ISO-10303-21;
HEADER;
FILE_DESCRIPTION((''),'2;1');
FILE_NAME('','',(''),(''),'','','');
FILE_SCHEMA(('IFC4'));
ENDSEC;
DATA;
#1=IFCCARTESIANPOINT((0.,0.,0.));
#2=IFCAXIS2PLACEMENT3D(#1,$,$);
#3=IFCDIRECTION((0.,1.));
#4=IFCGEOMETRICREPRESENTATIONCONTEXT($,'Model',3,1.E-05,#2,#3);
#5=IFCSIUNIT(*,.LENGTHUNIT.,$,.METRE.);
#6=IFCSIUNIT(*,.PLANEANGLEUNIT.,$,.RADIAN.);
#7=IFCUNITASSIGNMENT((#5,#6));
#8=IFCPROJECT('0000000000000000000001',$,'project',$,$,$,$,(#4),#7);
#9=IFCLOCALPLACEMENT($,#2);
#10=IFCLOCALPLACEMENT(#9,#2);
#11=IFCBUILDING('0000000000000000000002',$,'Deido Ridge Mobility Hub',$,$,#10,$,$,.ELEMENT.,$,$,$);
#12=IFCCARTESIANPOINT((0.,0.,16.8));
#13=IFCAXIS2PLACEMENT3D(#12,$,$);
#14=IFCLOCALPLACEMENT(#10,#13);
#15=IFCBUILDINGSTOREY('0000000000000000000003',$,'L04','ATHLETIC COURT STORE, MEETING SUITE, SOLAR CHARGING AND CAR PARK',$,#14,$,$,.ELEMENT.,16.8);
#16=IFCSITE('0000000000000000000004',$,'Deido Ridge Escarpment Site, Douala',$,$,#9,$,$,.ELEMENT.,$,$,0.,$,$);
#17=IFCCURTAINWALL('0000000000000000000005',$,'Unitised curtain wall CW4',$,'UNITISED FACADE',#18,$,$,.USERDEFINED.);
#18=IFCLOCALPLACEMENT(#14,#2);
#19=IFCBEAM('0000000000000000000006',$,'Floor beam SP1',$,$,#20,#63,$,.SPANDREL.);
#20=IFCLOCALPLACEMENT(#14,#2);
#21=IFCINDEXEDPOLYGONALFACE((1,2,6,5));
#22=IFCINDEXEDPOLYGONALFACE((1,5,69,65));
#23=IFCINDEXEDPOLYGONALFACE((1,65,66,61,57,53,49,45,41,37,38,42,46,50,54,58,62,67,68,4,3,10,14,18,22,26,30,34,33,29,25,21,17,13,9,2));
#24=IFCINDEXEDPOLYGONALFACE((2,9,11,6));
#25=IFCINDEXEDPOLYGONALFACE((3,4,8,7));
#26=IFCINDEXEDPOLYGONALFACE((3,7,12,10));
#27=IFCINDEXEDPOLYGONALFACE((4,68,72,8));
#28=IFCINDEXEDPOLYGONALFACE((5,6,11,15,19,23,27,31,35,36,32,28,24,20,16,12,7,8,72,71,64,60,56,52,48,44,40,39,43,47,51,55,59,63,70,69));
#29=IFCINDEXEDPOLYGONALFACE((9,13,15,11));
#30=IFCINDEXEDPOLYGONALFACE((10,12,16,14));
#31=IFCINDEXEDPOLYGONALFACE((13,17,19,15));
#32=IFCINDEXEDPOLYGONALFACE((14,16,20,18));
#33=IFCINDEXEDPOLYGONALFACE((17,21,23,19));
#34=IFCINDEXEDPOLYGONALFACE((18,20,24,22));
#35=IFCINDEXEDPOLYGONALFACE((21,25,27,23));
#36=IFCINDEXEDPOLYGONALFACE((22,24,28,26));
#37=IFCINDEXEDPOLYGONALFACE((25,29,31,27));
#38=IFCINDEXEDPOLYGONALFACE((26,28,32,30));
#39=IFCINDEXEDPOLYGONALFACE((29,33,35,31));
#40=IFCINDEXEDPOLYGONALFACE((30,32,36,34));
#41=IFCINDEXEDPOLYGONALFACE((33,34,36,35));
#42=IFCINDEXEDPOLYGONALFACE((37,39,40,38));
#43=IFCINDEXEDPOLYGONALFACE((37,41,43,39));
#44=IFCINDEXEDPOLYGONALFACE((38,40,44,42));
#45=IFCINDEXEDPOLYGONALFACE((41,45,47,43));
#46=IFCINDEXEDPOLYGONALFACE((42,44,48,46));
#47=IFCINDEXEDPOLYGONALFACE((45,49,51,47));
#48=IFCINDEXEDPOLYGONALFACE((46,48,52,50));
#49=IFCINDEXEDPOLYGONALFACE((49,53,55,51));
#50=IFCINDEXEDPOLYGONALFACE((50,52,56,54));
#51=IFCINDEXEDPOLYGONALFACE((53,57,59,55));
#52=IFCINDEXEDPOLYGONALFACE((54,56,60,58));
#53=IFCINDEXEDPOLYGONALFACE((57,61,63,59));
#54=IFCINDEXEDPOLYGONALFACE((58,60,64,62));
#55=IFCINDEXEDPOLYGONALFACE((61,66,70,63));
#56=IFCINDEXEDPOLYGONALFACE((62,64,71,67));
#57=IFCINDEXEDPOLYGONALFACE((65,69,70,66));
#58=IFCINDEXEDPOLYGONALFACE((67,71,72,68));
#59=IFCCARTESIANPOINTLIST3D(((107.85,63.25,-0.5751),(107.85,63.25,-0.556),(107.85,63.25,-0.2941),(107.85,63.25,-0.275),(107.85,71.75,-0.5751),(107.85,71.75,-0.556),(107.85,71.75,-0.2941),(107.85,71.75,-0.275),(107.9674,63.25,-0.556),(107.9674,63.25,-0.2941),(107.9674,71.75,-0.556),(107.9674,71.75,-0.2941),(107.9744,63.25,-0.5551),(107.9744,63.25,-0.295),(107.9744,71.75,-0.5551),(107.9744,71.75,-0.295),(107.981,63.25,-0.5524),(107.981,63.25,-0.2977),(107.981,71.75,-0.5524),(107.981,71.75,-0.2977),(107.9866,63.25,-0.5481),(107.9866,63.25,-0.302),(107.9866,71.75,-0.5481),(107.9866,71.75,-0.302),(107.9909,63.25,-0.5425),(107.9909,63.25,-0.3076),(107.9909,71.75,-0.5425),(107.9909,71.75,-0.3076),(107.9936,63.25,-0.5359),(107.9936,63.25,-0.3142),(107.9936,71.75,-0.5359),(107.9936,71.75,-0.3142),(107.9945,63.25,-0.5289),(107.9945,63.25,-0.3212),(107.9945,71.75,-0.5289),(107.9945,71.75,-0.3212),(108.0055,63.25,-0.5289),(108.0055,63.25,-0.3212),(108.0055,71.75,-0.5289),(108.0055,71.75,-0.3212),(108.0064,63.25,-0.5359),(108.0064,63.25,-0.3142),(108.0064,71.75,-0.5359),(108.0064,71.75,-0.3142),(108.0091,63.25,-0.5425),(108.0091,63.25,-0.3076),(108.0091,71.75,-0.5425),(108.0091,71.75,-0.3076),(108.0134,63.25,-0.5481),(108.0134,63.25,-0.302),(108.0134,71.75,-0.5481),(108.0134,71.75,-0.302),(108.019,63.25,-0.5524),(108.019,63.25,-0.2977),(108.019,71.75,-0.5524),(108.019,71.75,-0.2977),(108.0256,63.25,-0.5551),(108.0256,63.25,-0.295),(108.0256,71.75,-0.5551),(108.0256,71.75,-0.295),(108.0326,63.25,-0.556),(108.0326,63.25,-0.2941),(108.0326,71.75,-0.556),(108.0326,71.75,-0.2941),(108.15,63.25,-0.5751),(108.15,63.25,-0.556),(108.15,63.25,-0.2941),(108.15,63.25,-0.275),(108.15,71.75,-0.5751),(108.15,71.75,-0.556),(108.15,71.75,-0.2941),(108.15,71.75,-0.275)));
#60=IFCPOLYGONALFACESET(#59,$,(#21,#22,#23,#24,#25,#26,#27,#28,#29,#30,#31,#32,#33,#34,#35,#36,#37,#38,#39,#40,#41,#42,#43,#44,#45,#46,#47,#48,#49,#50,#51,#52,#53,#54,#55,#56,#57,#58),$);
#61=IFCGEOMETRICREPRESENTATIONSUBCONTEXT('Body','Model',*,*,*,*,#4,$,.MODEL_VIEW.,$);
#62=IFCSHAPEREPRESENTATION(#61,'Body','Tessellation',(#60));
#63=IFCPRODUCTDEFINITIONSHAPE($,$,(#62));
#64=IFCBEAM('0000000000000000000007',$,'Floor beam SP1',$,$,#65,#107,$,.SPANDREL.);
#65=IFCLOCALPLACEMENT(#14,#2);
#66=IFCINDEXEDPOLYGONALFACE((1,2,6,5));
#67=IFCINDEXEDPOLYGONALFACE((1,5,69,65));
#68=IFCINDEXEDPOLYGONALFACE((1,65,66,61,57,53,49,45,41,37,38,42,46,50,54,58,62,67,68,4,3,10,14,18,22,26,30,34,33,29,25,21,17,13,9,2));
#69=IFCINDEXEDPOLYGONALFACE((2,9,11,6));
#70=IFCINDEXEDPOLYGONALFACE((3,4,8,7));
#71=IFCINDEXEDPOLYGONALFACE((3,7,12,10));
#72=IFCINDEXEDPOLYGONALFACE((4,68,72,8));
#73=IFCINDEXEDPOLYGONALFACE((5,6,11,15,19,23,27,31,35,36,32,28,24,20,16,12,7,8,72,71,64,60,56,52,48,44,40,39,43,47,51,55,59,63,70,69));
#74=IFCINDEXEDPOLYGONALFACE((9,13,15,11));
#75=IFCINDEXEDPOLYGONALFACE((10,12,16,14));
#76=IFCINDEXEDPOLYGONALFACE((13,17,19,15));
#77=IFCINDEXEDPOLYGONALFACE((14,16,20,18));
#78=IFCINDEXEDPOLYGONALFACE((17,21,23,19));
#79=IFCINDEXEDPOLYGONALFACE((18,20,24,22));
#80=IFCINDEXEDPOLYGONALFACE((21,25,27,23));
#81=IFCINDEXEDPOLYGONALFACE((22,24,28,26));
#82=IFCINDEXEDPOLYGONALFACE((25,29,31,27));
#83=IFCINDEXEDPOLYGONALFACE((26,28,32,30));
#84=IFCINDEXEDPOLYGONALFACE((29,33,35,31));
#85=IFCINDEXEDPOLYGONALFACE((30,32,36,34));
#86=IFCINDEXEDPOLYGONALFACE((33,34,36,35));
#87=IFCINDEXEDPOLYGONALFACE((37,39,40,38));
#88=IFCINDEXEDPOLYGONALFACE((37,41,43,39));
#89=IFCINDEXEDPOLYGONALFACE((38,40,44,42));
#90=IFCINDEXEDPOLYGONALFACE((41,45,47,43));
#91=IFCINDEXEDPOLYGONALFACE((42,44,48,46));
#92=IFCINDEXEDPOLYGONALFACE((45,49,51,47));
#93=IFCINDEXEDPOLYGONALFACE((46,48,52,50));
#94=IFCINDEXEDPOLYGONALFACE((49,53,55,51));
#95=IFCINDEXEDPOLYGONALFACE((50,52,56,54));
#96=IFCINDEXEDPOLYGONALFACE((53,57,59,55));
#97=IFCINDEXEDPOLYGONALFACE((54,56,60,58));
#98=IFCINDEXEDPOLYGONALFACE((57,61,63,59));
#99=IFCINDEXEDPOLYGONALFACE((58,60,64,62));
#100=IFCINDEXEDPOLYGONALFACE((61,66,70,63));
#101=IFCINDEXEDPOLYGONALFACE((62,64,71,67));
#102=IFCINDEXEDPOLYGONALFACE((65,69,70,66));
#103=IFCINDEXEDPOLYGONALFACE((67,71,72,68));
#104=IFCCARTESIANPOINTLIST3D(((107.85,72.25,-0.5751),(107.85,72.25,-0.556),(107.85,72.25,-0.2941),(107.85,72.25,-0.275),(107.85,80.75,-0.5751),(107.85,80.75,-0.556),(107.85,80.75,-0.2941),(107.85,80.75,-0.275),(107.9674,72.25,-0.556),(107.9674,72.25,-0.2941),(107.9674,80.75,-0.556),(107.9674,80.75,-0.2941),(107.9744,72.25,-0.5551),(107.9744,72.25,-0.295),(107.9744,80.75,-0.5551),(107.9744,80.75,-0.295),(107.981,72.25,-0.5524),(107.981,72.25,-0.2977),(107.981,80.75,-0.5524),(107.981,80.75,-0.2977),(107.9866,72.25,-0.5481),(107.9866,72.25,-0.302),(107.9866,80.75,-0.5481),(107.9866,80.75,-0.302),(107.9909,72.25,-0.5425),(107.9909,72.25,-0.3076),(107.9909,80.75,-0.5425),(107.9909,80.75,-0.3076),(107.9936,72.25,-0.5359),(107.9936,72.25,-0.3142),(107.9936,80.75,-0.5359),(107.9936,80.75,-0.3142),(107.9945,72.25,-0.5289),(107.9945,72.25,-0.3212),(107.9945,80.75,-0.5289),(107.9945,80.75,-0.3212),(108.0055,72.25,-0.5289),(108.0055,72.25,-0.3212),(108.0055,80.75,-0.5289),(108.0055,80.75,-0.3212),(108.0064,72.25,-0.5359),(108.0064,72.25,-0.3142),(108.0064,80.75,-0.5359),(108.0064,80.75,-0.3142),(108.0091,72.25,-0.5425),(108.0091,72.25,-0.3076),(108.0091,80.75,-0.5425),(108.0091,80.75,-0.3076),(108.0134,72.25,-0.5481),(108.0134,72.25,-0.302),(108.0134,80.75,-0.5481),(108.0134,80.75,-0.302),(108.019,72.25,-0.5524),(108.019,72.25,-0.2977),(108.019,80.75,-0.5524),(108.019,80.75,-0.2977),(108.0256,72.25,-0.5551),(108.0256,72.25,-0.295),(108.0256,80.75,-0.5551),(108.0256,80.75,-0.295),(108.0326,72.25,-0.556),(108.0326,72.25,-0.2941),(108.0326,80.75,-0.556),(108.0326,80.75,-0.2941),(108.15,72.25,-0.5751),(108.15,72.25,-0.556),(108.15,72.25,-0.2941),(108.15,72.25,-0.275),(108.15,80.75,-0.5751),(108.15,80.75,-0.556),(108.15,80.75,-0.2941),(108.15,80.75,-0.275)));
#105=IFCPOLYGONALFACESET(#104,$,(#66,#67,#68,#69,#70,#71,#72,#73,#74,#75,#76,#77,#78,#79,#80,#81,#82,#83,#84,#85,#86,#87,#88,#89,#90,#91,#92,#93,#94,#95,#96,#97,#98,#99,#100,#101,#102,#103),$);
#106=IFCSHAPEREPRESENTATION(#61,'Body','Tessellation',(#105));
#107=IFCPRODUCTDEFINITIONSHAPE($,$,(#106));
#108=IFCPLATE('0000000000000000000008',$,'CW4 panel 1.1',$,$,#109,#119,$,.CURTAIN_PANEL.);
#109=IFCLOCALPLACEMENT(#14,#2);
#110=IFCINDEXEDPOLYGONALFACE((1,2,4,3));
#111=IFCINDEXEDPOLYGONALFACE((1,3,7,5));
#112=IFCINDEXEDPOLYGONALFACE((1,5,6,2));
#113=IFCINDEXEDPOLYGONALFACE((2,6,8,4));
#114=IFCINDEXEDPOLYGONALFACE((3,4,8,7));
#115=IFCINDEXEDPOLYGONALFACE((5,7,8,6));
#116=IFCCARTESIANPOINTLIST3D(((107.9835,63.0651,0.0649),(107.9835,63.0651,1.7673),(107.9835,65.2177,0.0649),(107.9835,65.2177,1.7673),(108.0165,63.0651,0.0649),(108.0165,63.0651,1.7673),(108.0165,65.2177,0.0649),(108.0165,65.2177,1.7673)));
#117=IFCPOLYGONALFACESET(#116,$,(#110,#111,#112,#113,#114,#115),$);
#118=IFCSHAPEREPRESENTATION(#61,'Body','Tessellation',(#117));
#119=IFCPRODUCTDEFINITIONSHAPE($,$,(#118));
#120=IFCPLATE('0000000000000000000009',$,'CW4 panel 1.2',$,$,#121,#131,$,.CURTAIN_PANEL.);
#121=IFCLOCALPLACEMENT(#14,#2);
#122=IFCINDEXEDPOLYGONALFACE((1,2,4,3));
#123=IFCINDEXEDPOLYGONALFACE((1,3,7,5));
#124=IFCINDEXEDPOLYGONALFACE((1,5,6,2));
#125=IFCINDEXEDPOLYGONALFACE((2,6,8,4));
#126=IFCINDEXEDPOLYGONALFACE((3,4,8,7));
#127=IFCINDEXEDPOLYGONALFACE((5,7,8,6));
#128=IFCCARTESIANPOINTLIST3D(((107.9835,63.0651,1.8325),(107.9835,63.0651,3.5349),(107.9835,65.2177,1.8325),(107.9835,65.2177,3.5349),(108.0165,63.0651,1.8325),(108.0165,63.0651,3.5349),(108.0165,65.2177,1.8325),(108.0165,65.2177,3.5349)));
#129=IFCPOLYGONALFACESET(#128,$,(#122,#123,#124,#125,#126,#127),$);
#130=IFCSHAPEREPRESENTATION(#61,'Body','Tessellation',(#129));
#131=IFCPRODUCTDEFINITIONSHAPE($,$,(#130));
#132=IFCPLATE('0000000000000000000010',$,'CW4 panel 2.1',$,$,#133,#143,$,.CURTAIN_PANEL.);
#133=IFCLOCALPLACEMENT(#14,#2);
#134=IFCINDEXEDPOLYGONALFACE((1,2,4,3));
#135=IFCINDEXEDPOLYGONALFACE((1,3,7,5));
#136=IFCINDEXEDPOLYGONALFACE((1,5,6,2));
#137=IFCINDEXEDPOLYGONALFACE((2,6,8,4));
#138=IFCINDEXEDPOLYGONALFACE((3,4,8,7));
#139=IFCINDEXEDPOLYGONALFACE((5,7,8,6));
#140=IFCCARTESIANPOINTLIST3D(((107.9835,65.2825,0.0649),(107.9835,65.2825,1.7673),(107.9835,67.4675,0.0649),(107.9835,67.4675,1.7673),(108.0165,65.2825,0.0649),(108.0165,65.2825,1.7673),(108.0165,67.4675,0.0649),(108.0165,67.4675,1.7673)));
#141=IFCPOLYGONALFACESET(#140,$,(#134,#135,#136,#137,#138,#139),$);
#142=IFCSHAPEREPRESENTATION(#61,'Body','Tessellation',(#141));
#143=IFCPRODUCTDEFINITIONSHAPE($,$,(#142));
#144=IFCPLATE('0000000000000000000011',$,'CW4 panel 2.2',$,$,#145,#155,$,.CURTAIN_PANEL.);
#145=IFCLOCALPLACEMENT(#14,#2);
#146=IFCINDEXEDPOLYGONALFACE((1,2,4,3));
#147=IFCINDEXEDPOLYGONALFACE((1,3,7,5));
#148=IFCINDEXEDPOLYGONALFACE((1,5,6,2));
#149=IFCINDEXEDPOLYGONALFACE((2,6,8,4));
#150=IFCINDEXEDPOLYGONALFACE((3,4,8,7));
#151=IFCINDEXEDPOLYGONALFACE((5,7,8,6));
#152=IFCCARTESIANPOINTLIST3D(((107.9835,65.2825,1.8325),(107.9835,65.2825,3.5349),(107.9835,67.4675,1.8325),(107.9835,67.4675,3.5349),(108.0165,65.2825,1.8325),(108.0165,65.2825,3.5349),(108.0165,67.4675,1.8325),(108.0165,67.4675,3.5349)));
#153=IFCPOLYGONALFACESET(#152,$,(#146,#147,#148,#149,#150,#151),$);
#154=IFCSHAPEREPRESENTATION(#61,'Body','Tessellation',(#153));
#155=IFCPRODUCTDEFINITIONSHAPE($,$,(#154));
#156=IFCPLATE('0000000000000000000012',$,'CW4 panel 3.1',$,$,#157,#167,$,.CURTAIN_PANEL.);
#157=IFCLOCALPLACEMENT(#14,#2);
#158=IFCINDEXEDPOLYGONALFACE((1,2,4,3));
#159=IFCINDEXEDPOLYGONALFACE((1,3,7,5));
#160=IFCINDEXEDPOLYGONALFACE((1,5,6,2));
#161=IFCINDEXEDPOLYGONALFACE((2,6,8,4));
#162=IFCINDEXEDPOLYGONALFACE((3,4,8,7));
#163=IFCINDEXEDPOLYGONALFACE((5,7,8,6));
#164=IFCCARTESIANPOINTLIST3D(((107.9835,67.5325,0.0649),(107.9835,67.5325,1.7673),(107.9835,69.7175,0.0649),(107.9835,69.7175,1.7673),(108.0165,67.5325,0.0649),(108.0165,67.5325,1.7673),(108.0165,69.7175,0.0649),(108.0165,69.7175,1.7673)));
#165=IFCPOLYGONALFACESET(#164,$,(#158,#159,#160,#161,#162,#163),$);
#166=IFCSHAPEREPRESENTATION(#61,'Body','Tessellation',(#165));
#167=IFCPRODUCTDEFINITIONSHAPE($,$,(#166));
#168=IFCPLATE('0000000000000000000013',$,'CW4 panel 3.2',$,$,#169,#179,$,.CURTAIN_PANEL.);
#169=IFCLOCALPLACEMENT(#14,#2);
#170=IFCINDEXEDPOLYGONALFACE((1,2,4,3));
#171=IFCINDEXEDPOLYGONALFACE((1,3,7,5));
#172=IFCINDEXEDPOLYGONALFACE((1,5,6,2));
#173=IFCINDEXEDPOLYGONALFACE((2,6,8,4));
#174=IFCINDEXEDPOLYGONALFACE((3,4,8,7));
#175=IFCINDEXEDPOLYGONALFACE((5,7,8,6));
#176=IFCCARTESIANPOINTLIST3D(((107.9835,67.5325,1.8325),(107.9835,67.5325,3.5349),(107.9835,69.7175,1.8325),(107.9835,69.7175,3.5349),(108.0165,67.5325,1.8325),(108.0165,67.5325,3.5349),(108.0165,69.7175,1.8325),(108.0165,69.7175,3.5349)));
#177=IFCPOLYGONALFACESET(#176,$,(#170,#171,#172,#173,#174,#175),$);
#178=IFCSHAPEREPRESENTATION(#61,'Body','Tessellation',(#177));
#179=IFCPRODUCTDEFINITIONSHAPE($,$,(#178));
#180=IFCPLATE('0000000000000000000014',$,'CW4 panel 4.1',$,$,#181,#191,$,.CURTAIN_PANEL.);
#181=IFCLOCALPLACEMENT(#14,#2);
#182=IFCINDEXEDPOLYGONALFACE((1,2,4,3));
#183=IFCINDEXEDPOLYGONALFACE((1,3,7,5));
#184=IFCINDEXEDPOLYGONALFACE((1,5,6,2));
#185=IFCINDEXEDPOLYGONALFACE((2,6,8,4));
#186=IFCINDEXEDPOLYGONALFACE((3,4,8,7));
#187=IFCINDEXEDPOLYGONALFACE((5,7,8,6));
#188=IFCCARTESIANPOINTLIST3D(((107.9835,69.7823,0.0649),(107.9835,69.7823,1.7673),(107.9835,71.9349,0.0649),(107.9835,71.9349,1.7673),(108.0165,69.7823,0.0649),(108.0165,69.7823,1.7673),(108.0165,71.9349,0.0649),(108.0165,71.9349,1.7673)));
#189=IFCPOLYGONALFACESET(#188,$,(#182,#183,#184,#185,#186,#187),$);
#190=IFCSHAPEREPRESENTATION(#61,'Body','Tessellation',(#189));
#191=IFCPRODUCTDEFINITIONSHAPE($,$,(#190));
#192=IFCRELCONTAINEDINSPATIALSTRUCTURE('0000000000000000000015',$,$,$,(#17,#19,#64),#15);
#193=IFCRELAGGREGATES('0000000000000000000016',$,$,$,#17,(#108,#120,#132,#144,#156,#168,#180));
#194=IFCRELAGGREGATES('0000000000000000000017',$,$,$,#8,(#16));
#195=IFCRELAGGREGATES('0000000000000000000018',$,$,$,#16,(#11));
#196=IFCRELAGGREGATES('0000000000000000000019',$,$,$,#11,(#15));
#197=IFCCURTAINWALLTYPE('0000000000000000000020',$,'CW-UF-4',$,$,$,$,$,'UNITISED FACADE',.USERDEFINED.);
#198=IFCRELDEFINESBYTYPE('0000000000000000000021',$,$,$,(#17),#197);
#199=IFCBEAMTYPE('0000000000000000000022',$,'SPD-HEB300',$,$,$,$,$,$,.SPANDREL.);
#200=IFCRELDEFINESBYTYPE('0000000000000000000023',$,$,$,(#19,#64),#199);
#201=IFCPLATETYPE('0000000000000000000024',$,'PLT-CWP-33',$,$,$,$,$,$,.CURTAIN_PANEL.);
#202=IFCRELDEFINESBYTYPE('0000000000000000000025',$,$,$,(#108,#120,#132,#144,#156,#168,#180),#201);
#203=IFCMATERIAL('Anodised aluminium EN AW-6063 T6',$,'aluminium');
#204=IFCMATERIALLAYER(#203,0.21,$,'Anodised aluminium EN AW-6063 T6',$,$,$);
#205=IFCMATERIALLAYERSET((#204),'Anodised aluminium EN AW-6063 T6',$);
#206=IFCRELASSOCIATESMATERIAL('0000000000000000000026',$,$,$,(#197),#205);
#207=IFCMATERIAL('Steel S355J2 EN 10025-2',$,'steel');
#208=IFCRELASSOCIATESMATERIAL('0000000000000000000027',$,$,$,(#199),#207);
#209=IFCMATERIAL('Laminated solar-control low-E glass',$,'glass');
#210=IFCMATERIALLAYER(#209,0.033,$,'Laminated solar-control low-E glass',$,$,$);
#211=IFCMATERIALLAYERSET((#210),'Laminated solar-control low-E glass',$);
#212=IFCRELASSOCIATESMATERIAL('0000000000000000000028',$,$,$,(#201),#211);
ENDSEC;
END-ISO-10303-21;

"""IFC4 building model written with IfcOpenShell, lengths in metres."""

from ifc_helpers import new_model, si_unit, direction, frame, origin, origin_2d, place, context, subcontext, project, spatial, rectangle, i_section, extrude, material, layer, layer_set, material_profile, profile_set, type_object, element, aggregate, save


model = new_model("IFC4")

# Units and contexts
model_context = context("Model", 3, precision=1e-05, world=origin(), true_north=direction((0.0, 1.0)))
body_context = subcontext(model_context, "Body", "Model", "MODEL_VIEW")
ifc_project = project(units=[si_unit("LENGTHUNIT", "METRE"), si_unit("PLANEANGLEUNIT", "RADIAN")], contexts=[model_context])

# Site, building, storey
site_placement = place(None, origin())
site = spatial("IfcSite", under=ifc_project, at=site_placement, Name="Deido Ridge Escarpment Site, Douala", CompositionType="ELEMENT", RefElevation=0.0)
building_placement = place(site_placement, origin())
building = spatial("IfcBuilding", under=site, at=building_placement, Name="Deido Ridge Mobility Hub", CompositionType="ELEMENT")
storey_placement = place(building_placement, frame((0.0, 0.0, 16.8)))
storey = spatial("IfcBuildingStorey", under=building, at=storey_placement, Name="L04", Description="ATHLETIC COURT STORE, MEETING SUITE, SOLAR CHARGING AND CAR PARK", CompositionType="ELEMENT", Elevation=16.8)

# Shared definitions
ifc_material_1 = material(Name="Steel S355J2 EN 10025-2", Category="steel")

# Curtain wall
ifc_material_2 = material(Name="Anodised aluminium EN AW-6063 T6", Category="aluminium")
ifc_layer_1 = layer(ifc_material_2, 0.21, Name="Anodised aluminium EN AW-6063 T6")
ifc_layer_set_1 = layer_set([ifc_layer_1], Name="Anodised aluminium EN AW-6063 T6")
curtain_wall_type = type_object("IfcCurtainWallType", Name="CW-UF-4", ElementType="UNITISED FACADE", PredefinedType="USERDEFINED", material=ifc_layer_set_1)
curtain_wall_placement = place(storey_placement, origin())
curtain_wall = element("IfcCurtainWall", 1, at=curtain_wall_placement, inside=storey, type_object=curtain_wall_type, Name="Unitised curtain wall CW4", ObjectType="UNITISED FACADE", PredefinedType="USERDEFINED")

# Beams
ifc_material_profile_1 = material_profile(ifc_material_1, i_section(OverallWidth=0.3, OverallDepth=0.3, WebThickness=0.011, FlangeThickness=0.019, FilletRadius=0.0271, at=origin_2d()), Name="HEB 300")
ifc_profile_set_1 = profile_set([ifc_material_profile_1], Name="Steel S355J2 EN 10025-2")
beam_type = type_object("IfcBeamType", Name="SPD-HEB300", PredefinedType="SPANDREL", material=ifc_profile_set_1)
for number, where, z_axis, x_axis, name in (
    (2, (108.0, 63.25, -0.425), (0.0, 1.0, 0.0), (-1.0, 0.0, 0.0), "Floor beam SP1"),
    (3, (108.0, 72.25, -0.425), (0.0, 1.0, 0.0), (-1.0, 0.0, 0.0), "Floor beam SP1"),
):
    element("IfcBeam", number, at=place(storey_placement, frame(where, z_axis=z_axis, x_axis=x_axis)), inside=storey, type_object=beam_type, Name=name, PredefinedType="SPANDREL", context=body_context, shape_type="SweptSolid", body=[
        extrude(i_section(OverallWidth=0.3, OverallDepth=0.3, WebThickness=0.011, FlangeThickness=0.019, FilletRadius=0.0271, at=origin_2d()), origin(), (0.0, 0.0, 1.0), 8.5),
    ])

# Plates
ifc_material_3 = material(Name="Laminated solar-control low-E glass", Category="glass")
ifc_layer_2 = layer(ifc_material_3, 0.033, Name="Laminated solar-control low-E glass")
ifc_layer_set_2 = layer_set([ifc_layer_2], Name="Laminated solar-control low-E glass")
plate_type = type_object("IfcPlateType", Name="PLT-CWP-33", PredefinedType="CURTAIN_PANEL", material=ifc_layer_set_2)
plate_1_placement = place(storey_placement, frame((108.0, 64.1414, 0.0649), z_axis=(0.0, 0.0, 1.0), x_axis=(0.0, 1.0, 0.0)))
plate_1 = element("IfcPlate", 4, at=plate_1_placement, type_object=plate_type, Name="CW4 panel 1.1", PredefinedType="CURTAIN_PANEL", context=body_context, shape_type="SweptSolid", body=[
    extrude(rectangle(XDim=2.1526, YDim=0.033, at=origin_2d()), origin(), (0.0, 0.0, 1.0), 1.7024),
])
plate_2_placement = place(storey_placement, frame((108.0, 64.1414, 1.8325), z_axis=(0.0, 0.0, 1.0), x_axis=(0.0, 1.0, 0.0)))
plate_2 = element("IfcPlate", 5, at=plate_2_placement, type_object=plate_type, Name="CW4 panel 1.2", PredefinedType="CURTAIN_PANEL", context=body_context, shape_type="SweptSolid", body=[
    extrude(rectangle(XDim=2.1526, YDim=0.033, at=origin_2d()), origin(), (0.0, 0.0, 1.0), 1.7024),
])
plate_3_placement = place(storey_placement, frame((108.0, 66.375, 0.0649), z_axis=(0.0, 0.0, 1.0), x_axis=(0.0, 1.0, 0.0)))
plate_3 = element("IfcPlate", 6, at=plate_3_placement, type_object=plate_type, Name="CW4 panel 2.1", PredefinedType="CURTAIN_PANEL", context=body_context, shape_type="SweptSolid", body=[
    extrude(rectangle(XDim=2.1851, YDim=0.033, at=origin_2d()), origin(), (0.0, 0.0, 1.0), 1.7024),
])
plate_4_placement = place(storey_placement, frame((108.0, 66.375, 1.8325), z_axis=(0.0, 0.0, 1.0), x_axis=(0.0, 1.0, 0.0)))
plate_4 = element("IfcPlate", 7, at=plate_4_placement, type_object=plate_type, Name="CW4 panel 2.2", PredefinedType="CURTAIN_PANEL", context=body_context, shape_type="SweptSolid", body=[
    extrude(rectangle(XDim=2.1851, YDim=0.033, at=origin_2d()), origin(), (0.0, 0.0, 1.0), 1.7024),
])
plate_5_placement = place(storey_placement, frame((108.0, 68.625, 0.0649), z_axis=(0.0, 0.0, 1.0), x_axis=(0.0, 1.0, 0.0)))
plate_5 = element("IfcPlate", 8, at=plate_5_placement, type_object=plate_type, Name="CW4 panel 3.1", PredefinedType="CURTAIN_PANEL", context=body_context, shape_type="SweptSolid", body=[
    extrude(rectangle(XDim=2.1851, YDim=0.033, at=origin_2d()), origin(), (0.0, 0.0, 1.0), 1.7024),
])
plate_6_placement = place(storey_placement, frame((108.0, 68.625, 1.8325), z_axis=(0.0, 0.0, 1.0), x_axis=(0.0, 1.0, 0.0)))
plate_6 = element("IfcPlate", 9, at=plate_6_placement, type_object=plate_type, Name="CW4 panel 3.2", PredefinedType="CURTAIN_PANEL", context=body_context, shape_type="SweptSolid", body=[
    extrude(rectangle(XDim=2.1851, YDim=0.033, at=origin_2d()), origin(), (0.0, 0.0, 1.0), 1.7024),
])
plate_7_placement = place(storey_placement, frame((108.0, 70.8586, 0.0649), z_axis=(0.0, 0.0, 1.0), x_axis=(0.0, 1.0, 0.0)))
plate_7 = element("IfcPlate", 10, at=plate_7_placement, type_object=plate_type, Name="CW4 panel 4.1", PredefinedType="CURTAIN_PANEL", context=body_context, shape_type="SweptSolid", body=[
    extrude(rectangle(XDim=2.1526, YDim=0.033, at=origin_2d()), origin(), (0.0, 0.0, 1.0), 1.7024),
])
aggregate(curtain_wall, [plate_1, plate_2, plate_3, plate_4, plate_5, plate_6, plate_7])

save(model, "model.ifc")
